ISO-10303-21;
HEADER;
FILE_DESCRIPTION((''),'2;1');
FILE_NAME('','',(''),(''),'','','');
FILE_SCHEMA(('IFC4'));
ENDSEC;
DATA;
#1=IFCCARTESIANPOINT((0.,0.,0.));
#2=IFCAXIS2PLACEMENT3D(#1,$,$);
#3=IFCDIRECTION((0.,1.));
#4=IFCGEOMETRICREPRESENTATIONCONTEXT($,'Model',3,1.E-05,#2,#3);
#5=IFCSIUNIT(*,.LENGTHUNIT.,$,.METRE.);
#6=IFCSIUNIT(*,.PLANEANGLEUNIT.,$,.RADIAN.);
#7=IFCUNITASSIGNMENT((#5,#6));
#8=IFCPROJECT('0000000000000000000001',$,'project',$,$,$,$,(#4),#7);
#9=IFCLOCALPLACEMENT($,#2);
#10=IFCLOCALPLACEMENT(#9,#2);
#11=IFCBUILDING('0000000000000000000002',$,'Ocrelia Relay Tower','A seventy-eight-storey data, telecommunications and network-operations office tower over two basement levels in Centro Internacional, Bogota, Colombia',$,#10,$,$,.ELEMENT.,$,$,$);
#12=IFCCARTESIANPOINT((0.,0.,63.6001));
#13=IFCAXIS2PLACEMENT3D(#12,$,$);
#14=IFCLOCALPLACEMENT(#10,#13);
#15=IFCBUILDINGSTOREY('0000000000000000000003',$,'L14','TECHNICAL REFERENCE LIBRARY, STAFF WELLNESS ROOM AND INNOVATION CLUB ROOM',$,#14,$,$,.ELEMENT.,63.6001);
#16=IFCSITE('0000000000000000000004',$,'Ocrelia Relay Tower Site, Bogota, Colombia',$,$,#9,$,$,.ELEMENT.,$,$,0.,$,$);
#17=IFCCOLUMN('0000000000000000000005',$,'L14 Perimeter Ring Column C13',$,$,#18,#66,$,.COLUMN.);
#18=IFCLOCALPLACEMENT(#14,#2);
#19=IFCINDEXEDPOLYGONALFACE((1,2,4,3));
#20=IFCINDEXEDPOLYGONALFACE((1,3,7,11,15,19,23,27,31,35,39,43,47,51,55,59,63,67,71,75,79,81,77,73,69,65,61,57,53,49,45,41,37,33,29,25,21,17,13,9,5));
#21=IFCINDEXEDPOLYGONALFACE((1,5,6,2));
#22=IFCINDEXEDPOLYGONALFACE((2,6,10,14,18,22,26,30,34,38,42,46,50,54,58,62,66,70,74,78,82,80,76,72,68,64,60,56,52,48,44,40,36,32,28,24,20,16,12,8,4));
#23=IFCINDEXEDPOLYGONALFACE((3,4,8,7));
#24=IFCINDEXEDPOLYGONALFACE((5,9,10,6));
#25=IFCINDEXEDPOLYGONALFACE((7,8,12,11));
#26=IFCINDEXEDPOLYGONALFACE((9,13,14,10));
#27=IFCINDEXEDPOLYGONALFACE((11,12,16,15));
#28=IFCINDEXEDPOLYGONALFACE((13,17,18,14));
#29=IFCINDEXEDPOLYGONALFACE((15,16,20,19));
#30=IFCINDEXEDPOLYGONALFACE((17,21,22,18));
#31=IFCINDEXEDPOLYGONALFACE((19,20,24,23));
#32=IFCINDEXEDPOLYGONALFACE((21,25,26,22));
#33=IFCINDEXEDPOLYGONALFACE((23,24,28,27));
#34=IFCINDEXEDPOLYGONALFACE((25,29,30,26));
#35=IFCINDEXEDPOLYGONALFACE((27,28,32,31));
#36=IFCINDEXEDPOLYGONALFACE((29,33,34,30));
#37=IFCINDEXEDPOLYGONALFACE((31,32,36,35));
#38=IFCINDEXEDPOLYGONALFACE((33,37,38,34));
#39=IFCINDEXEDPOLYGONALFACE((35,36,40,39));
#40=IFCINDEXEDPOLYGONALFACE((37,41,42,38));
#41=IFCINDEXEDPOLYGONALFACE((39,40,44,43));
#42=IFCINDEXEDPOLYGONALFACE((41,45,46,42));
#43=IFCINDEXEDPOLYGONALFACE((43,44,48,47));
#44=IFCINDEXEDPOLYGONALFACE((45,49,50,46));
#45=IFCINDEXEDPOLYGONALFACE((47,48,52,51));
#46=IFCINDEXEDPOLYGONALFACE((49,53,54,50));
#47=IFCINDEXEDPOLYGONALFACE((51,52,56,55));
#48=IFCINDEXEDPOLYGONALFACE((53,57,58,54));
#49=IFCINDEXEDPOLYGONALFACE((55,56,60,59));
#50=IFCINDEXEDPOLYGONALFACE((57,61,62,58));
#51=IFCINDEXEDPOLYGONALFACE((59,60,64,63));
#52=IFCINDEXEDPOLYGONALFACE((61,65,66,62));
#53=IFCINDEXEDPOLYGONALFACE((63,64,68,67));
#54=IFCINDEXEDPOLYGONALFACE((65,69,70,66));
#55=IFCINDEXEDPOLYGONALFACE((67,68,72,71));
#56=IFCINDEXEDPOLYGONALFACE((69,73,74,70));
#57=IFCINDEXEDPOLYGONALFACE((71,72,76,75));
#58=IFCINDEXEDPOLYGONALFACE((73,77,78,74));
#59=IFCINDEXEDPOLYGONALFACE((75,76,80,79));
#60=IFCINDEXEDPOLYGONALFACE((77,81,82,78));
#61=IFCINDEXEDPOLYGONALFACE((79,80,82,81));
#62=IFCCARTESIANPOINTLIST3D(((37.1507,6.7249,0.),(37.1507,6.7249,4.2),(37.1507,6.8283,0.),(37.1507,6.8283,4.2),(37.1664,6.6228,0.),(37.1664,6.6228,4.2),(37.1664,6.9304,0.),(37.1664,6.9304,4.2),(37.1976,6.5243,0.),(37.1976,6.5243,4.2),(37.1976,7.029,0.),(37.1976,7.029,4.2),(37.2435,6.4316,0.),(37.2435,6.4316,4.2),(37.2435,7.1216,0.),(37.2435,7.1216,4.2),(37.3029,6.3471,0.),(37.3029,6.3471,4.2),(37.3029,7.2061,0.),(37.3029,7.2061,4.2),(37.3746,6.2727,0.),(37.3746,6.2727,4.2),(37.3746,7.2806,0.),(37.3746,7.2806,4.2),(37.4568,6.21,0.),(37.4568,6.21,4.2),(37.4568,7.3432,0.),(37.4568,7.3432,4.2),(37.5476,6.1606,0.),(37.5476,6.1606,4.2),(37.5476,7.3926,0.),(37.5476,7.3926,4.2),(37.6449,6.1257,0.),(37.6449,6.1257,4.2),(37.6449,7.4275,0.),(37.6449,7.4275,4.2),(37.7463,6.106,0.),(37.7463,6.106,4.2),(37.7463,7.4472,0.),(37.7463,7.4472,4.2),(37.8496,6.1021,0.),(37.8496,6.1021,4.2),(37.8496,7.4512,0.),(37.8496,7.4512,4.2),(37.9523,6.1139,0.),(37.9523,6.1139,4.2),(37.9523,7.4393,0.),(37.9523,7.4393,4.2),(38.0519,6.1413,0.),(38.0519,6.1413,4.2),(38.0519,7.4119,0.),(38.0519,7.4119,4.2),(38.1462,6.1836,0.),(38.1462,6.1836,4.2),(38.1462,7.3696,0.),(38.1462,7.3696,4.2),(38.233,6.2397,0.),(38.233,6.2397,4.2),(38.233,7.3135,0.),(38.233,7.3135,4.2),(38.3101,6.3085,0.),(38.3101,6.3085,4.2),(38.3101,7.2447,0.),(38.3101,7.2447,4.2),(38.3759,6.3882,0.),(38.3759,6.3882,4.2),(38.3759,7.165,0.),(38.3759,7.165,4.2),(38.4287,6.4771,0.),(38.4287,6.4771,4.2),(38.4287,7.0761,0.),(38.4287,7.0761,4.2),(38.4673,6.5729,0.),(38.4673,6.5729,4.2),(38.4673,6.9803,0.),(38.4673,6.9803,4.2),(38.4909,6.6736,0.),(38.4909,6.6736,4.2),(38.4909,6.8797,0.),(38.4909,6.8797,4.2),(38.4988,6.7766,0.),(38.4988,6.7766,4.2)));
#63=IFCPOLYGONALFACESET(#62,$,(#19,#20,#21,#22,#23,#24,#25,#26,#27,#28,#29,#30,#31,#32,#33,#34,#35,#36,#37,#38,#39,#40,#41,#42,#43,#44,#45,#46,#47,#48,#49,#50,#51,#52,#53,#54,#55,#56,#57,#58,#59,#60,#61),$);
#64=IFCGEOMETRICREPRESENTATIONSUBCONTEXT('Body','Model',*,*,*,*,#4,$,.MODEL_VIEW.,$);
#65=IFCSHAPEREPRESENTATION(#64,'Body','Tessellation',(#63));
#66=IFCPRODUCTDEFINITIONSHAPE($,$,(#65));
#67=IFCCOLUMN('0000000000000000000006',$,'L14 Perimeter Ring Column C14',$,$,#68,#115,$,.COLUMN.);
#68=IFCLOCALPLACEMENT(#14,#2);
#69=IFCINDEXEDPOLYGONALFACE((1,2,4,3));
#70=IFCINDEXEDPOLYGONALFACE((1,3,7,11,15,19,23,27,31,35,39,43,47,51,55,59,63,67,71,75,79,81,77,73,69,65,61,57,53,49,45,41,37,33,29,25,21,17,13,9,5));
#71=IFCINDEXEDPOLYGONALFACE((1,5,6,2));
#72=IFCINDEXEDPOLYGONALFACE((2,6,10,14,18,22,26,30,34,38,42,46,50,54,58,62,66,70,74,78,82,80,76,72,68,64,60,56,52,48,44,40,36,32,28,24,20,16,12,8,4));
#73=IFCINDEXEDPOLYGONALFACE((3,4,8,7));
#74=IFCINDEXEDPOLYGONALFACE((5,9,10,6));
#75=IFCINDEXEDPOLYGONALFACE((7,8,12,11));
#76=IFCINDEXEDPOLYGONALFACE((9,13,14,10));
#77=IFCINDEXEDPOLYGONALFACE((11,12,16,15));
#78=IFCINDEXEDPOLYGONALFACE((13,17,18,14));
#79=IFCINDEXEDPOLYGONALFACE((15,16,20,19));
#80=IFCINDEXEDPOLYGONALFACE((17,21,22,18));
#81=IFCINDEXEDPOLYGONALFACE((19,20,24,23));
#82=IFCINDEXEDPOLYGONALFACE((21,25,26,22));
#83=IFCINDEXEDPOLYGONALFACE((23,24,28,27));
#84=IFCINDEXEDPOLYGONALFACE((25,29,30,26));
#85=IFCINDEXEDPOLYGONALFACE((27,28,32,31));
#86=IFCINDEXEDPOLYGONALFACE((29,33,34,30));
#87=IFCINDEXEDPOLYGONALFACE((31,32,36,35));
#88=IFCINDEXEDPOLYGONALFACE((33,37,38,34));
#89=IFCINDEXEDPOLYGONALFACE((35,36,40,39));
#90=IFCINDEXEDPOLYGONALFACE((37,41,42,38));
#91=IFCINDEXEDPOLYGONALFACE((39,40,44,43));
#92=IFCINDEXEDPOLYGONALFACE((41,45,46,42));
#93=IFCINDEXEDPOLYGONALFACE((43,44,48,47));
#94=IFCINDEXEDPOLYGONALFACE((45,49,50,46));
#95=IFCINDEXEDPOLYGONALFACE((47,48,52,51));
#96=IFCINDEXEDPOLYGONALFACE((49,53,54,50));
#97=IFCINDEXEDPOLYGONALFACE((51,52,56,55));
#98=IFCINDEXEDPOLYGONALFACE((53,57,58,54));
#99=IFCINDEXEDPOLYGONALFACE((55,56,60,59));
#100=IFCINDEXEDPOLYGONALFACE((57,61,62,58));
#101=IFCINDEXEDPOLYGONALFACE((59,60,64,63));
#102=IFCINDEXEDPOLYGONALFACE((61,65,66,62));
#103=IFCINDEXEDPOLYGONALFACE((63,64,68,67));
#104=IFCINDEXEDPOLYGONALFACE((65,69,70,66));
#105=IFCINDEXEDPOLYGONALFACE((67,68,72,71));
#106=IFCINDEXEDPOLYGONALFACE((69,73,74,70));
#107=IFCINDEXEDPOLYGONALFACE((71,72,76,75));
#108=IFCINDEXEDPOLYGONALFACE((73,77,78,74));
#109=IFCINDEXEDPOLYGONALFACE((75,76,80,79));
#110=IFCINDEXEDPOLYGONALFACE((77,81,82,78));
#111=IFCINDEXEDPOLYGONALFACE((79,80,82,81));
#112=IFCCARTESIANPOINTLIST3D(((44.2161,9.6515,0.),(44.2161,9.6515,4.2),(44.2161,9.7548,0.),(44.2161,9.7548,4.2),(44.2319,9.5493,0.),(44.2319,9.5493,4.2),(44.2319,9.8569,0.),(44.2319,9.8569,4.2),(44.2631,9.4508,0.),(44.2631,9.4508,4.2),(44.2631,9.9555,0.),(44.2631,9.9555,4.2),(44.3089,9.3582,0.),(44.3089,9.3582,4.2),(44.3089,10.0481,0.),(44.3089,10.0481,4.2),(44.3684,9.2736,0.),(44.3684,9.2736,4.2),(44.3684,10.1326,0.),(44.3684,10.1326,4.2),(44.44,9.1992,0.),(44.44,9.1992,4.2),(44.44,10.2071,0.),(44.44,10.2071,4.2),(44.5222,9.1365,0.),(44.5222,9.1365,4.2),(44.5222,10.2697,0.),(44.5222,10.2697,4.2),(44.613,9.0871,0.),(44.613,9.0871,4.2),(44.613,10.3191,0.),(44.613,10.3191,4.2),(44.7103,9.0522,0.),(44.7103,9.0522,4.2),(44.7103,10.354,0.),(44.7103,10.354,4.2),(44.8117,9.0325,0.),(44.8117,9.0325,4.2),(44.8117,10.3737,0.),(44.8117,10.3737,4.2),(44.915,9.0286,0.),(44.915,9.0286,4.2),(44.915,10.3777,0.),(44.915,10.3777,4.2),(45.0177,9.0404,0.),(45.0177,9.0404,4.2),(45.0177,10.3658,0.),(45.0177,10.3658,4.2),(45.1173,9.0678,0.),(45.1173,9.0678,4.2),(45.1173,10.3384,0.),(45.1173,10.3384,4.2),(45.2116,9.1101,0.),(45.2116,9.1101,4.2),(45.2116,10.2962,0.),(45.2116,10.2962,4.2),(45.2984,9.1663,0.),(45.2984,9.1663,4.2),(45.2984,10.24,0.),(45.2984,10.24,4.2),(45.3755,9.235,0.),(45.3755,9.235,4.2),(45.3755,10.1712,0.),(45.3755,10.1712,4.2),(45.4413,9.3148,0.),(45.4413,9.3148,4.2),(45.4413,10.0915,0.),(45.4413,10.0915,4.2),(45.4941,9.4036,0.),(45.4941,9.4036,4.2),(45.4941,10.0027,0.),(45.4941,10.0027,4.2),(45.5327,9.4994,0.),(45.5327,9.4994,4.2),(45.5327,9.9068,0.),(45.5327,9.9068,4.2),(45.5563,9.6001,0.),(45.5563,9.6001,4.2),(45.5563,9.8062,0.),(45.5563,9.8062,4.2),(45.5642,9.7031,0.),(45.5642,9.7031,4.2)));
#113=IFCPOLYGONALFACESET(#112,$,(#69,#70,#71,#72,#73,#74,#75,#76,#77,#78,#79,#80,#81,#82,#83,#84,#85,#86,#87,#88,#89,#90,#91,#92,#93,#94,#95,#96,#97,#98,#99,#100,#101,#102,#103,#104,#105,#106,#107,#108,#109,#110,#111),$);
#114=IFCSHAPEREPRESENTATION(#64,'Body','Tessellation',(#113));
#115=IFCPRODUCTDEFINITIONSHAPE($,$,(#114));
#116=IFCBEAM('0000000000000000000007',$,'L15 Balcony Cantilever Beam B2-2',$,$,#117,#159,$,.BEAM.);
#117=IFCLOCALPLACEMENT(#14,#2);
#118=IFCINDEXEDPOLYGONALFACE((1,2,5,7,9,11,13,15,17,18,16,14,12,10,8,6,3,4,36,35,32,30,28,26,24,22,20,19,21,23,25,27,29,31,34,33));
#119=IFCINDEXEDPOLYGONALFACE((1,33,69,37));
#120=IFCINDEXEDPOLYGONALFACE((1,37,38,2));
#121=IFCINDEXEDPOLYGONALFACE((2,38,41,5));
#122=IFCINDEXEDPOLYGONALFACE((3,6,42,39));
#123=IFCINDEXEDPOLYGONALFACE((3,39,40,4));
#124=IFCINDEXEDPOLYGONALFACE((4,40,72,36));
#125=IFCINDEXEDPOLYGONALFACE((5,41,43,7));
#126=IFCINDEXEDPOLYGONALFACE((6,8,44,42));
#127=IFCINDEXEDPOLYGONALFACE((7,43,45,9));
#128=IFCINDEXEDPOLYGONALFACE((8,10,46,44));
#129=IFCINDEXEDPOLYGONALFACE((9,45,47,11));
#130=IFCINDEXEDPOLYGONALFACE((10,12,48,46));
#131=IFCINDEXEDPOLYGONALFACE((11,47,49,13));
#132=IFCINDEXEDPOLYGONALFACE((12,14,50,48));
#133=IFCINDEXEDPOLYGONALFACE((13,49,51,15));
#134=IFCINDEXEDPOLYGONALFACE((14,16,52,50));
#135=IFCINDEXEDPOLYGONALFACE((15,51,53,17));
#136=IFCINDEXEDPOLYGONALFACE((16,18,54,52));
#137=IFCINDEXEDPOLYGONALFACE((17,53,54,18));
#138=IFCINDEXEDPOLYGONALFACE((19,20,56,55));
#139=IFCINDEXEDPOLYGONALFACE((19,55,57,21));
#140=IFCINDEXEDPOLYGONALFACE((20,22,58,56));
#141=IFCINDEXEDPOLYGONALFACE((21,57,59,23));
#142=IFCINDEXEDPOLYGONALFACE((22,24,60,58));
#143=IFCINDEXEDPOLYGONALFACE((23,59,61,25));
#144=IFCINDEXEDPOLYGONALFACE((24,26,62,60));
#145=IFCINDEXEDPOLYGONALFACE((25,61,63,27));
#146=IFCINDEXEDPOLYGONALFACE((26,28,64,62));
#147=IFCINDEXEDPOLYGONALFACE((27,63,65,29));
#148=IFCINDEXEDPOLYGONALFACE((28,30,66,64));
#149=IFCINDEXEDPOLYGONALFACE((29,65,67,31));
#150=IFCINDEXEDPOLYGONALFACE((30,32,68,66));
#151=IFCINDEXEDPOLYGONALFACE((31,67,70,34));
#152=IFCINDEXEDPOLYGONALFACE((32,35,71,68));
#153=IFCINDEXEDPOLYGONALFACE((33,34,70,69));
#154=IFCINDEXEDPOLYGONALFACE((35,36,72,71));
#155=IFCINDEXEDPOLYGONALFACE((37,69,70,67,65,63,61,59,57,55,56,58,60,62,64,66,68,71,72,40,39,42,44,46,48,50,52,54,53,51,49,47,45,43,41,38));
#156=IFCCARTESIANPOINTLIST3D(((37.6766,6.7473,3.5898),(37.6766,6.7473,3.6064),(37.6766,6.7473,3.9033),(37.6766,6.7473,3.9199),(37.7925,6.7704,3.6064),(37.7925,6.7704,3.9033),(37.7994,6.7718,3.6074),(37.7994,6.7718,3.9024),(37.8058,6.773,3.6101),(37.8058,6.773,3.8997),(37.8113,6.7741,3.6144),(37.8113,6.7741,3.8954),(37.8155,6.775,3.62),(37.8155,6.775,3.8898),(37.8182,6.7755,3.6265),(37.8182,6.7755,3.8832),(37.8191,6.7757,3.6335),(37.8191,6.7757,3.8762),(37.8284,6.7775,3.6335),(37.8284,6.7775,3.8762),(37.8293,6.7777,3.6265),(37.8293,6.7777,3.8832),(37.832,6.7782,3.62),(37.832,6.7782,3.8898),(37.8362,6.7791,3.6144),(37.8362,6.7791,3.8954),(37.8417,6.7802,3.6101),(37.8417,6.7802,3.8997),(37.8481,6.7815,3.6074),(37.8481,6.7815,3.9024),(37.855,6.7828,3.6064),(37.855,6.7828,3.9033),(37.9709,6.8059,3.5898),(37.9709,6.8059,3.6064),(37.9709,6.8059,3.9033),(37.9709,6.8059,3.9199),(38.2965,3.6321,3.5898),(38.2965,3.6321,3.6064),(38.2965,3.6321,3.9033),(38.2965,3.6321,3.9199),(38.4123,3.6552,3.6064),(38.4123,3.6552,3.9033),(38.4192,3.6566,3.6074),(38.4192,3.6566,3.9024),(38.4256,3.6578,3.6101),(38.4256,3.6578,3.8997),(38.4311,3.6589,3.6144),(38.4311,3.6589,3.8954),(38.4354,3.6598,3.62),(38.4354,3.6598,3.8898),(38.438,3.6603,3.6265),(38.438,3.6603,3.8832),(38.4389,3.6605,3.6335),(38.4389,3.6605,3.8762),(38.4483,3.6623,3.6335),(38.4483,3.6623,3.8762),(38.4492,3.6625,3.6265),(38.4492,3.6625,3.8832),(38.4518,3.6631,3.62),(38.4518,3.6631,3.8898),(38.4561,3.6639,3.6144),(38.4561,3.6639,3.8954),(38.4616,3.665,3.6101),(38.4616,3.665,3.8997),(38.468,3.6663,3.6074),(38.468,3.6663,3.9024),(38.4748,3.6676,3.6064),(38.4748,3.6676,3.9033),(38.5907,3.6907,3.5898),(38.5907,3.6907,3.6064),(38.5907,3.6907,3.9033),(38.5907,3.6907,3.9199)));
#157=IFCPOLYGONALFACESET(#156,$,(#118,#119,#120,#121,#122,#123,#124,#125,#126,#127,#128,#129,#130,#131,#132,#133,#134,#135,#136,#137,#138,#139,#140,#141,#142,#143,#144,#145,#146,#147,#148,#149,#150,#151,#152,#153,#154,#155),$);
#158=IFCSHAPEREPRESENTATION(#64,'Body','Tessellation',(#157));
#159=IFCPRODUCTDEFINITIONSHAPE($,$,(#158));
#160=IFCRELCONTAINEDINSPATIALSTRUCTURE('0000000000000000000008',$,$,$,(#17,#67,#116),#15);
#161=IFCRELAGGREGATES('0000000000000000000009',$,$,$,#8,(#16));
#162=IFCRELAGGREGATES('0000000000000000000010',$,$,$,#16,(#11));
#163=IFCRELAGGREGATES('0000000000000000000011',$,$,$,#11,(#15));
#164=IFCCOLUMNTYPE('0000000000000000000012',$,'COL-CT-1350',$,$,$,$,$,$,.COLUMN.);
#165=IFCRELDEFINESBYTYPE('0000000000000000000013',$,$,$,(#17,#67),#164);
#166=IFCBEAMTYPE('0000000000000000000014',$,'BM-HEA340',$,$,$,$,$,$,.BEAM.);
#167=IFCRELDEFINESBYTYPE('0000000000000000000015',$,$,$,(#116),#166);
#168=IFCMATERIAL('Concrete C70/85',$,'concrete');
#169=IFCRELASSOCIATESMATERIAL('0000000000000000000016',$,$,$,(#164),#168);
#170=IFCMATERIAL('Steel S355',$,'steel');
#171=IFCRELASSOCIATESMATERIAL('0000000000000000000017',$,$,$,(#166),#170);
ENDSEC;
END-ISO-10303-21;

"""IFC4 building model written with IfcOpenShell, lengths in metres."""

from ifc_helpers import new_model, si_unit, direction, frame, origin, origin_2d, place, context, subcontext, project, spatial, circle, i_section, extrude, material, material_profile, profile_set, type_object, element, save


model = new_model("IFC4")

# Units and contexts
model_context = context("Model", 3, precision=1e-05, world=origin(), true_north=direction((0.0, 1.0)))
body_context = subcontext(model_context, "Body", "Model", "MODEL_VIEW")
ifc_project = project(units=[si_unit("LENGTHUNIT", "METRE"), si_unit("PLANEANGLEUNIT", "RADIAN")], contexts=[model_context])

# Site, building, storey
site_placement = place(None, origin())
site = spatial("IfcSite", under=ifc_project, at=site_placement, Name="Ocrelia Relay Tower Site, Bogota, Colombia", CompositionType="ELEMENT", RefElevation=0.0)
building_placement = place(site_placement, origin())
building = spatial("IfcBuilding", under=site, at=building_placement, Name="Ocrelia Relay Tower", Description="A seventy-eight-storey data, telecommunications and network-operations office tower over two basement levels in Centro Internacional, Bogota, Colombia", CompositionType="ELEMENT")
storey_placement = place(building_placement, frame((0.0, 0.0, 63.6001)))
storey = spatial("IfcBuildingStorey", under=building, at=storey_placement, Name="L14", Description="TECHNICAL REFERENCE LIBRARY, STAFF WELLNESS ROOM AND INNOVATION CLUB ROOM", CompositionType="ELEMENT", Elevation=63.6001)

# Columns
ifc_material_1 = material(Name="Concrete C70/85", Category="concrete")
ifc_material_profile_1 = material_profile(ifc_material_1, circle(Radius=0.675, at=origin_2d()), Name="RC-CIR-1350")
ifc_profile_set_1 = profile_set([ifc_material_profile_1], Name="Concrete C70/85")
column_type = type_object("IfcColumnType", Name="COL-CT-1350", PredefinedType="COLUMN", material=ifc_profile_set_1)
for number, where, z_axis, x_axis, name in (
    (1, (37.8237, 6.7766, 0.0), (0.0, 0.0, 1.0), (1.0, 0.0, 0.0), "L14 Perimeter Ring Column C13"),
    (2, (44.8892, 9.7031, 0.0), (0.0, 0.0, 1.0), (1.0, 0.0, 0.0), "L14 Perimeter Ring Column C14"),
):
    element("IfcColumn", number, at=place(storey_placement, frame(where, z_axis=z_axis, x_axis=x_axis)), inside=storey, type_object=column_type, Name=name, PredefinedType="COLUMN", context=body_context, shape_type="SweptSolid", body=[
        extrude(circle(Radius=0.675, at=origin_2d()), origin(), (0.0, 0.0, 1.0), 4.2),
    ])

# Beam
ifc_material_2 = material(Name="Steel S355", Category="steel")
ifc_material_profile_2 = material_profile(ifc_material_2, i_section(OverallWidth=0.3, OverallDepth=0.3301, WebThickness=0.0095, FlangeThickness=0.0166, FilletRadius=0.0271, at=origin_2d()), Name="HEA 340")
ifc_profile_set_2 = profile_set([ifc_material_profile_2], Name="Steel S355")
beam_type_1 = type_object("IfcBeamType", Name="BM-HEA340", PredefinedType="BEAM", material=ifc_profile_set_2)
beam_1_placement = place(storey_placement, frame((37.8237, 6.7766, 3.7549), z_axis=(0.195155, -0.980772, 0.0), x_axis=(0.980772, 0.195155, 0.0)))
element("IfcBeam", 3, at=beam_1_placement, inside=storey, type_object=beam_type_1, Name="L15 Balcony Cantilever Beam B2-2", PredefinedType="BEAM", context=body_context, shape_type="SweptSolid", body=[
    extrude(i_section(OverallWidth=0.3, OverallDepth=0.3301, WebThickness=0.0095, FlangeThickness=0.0166, FilletRadius=0.0271, at=origin_2d()), origin(), (0.0, 0.0, 1.0), 3.1763),
])

save(model, "model.ifc")
